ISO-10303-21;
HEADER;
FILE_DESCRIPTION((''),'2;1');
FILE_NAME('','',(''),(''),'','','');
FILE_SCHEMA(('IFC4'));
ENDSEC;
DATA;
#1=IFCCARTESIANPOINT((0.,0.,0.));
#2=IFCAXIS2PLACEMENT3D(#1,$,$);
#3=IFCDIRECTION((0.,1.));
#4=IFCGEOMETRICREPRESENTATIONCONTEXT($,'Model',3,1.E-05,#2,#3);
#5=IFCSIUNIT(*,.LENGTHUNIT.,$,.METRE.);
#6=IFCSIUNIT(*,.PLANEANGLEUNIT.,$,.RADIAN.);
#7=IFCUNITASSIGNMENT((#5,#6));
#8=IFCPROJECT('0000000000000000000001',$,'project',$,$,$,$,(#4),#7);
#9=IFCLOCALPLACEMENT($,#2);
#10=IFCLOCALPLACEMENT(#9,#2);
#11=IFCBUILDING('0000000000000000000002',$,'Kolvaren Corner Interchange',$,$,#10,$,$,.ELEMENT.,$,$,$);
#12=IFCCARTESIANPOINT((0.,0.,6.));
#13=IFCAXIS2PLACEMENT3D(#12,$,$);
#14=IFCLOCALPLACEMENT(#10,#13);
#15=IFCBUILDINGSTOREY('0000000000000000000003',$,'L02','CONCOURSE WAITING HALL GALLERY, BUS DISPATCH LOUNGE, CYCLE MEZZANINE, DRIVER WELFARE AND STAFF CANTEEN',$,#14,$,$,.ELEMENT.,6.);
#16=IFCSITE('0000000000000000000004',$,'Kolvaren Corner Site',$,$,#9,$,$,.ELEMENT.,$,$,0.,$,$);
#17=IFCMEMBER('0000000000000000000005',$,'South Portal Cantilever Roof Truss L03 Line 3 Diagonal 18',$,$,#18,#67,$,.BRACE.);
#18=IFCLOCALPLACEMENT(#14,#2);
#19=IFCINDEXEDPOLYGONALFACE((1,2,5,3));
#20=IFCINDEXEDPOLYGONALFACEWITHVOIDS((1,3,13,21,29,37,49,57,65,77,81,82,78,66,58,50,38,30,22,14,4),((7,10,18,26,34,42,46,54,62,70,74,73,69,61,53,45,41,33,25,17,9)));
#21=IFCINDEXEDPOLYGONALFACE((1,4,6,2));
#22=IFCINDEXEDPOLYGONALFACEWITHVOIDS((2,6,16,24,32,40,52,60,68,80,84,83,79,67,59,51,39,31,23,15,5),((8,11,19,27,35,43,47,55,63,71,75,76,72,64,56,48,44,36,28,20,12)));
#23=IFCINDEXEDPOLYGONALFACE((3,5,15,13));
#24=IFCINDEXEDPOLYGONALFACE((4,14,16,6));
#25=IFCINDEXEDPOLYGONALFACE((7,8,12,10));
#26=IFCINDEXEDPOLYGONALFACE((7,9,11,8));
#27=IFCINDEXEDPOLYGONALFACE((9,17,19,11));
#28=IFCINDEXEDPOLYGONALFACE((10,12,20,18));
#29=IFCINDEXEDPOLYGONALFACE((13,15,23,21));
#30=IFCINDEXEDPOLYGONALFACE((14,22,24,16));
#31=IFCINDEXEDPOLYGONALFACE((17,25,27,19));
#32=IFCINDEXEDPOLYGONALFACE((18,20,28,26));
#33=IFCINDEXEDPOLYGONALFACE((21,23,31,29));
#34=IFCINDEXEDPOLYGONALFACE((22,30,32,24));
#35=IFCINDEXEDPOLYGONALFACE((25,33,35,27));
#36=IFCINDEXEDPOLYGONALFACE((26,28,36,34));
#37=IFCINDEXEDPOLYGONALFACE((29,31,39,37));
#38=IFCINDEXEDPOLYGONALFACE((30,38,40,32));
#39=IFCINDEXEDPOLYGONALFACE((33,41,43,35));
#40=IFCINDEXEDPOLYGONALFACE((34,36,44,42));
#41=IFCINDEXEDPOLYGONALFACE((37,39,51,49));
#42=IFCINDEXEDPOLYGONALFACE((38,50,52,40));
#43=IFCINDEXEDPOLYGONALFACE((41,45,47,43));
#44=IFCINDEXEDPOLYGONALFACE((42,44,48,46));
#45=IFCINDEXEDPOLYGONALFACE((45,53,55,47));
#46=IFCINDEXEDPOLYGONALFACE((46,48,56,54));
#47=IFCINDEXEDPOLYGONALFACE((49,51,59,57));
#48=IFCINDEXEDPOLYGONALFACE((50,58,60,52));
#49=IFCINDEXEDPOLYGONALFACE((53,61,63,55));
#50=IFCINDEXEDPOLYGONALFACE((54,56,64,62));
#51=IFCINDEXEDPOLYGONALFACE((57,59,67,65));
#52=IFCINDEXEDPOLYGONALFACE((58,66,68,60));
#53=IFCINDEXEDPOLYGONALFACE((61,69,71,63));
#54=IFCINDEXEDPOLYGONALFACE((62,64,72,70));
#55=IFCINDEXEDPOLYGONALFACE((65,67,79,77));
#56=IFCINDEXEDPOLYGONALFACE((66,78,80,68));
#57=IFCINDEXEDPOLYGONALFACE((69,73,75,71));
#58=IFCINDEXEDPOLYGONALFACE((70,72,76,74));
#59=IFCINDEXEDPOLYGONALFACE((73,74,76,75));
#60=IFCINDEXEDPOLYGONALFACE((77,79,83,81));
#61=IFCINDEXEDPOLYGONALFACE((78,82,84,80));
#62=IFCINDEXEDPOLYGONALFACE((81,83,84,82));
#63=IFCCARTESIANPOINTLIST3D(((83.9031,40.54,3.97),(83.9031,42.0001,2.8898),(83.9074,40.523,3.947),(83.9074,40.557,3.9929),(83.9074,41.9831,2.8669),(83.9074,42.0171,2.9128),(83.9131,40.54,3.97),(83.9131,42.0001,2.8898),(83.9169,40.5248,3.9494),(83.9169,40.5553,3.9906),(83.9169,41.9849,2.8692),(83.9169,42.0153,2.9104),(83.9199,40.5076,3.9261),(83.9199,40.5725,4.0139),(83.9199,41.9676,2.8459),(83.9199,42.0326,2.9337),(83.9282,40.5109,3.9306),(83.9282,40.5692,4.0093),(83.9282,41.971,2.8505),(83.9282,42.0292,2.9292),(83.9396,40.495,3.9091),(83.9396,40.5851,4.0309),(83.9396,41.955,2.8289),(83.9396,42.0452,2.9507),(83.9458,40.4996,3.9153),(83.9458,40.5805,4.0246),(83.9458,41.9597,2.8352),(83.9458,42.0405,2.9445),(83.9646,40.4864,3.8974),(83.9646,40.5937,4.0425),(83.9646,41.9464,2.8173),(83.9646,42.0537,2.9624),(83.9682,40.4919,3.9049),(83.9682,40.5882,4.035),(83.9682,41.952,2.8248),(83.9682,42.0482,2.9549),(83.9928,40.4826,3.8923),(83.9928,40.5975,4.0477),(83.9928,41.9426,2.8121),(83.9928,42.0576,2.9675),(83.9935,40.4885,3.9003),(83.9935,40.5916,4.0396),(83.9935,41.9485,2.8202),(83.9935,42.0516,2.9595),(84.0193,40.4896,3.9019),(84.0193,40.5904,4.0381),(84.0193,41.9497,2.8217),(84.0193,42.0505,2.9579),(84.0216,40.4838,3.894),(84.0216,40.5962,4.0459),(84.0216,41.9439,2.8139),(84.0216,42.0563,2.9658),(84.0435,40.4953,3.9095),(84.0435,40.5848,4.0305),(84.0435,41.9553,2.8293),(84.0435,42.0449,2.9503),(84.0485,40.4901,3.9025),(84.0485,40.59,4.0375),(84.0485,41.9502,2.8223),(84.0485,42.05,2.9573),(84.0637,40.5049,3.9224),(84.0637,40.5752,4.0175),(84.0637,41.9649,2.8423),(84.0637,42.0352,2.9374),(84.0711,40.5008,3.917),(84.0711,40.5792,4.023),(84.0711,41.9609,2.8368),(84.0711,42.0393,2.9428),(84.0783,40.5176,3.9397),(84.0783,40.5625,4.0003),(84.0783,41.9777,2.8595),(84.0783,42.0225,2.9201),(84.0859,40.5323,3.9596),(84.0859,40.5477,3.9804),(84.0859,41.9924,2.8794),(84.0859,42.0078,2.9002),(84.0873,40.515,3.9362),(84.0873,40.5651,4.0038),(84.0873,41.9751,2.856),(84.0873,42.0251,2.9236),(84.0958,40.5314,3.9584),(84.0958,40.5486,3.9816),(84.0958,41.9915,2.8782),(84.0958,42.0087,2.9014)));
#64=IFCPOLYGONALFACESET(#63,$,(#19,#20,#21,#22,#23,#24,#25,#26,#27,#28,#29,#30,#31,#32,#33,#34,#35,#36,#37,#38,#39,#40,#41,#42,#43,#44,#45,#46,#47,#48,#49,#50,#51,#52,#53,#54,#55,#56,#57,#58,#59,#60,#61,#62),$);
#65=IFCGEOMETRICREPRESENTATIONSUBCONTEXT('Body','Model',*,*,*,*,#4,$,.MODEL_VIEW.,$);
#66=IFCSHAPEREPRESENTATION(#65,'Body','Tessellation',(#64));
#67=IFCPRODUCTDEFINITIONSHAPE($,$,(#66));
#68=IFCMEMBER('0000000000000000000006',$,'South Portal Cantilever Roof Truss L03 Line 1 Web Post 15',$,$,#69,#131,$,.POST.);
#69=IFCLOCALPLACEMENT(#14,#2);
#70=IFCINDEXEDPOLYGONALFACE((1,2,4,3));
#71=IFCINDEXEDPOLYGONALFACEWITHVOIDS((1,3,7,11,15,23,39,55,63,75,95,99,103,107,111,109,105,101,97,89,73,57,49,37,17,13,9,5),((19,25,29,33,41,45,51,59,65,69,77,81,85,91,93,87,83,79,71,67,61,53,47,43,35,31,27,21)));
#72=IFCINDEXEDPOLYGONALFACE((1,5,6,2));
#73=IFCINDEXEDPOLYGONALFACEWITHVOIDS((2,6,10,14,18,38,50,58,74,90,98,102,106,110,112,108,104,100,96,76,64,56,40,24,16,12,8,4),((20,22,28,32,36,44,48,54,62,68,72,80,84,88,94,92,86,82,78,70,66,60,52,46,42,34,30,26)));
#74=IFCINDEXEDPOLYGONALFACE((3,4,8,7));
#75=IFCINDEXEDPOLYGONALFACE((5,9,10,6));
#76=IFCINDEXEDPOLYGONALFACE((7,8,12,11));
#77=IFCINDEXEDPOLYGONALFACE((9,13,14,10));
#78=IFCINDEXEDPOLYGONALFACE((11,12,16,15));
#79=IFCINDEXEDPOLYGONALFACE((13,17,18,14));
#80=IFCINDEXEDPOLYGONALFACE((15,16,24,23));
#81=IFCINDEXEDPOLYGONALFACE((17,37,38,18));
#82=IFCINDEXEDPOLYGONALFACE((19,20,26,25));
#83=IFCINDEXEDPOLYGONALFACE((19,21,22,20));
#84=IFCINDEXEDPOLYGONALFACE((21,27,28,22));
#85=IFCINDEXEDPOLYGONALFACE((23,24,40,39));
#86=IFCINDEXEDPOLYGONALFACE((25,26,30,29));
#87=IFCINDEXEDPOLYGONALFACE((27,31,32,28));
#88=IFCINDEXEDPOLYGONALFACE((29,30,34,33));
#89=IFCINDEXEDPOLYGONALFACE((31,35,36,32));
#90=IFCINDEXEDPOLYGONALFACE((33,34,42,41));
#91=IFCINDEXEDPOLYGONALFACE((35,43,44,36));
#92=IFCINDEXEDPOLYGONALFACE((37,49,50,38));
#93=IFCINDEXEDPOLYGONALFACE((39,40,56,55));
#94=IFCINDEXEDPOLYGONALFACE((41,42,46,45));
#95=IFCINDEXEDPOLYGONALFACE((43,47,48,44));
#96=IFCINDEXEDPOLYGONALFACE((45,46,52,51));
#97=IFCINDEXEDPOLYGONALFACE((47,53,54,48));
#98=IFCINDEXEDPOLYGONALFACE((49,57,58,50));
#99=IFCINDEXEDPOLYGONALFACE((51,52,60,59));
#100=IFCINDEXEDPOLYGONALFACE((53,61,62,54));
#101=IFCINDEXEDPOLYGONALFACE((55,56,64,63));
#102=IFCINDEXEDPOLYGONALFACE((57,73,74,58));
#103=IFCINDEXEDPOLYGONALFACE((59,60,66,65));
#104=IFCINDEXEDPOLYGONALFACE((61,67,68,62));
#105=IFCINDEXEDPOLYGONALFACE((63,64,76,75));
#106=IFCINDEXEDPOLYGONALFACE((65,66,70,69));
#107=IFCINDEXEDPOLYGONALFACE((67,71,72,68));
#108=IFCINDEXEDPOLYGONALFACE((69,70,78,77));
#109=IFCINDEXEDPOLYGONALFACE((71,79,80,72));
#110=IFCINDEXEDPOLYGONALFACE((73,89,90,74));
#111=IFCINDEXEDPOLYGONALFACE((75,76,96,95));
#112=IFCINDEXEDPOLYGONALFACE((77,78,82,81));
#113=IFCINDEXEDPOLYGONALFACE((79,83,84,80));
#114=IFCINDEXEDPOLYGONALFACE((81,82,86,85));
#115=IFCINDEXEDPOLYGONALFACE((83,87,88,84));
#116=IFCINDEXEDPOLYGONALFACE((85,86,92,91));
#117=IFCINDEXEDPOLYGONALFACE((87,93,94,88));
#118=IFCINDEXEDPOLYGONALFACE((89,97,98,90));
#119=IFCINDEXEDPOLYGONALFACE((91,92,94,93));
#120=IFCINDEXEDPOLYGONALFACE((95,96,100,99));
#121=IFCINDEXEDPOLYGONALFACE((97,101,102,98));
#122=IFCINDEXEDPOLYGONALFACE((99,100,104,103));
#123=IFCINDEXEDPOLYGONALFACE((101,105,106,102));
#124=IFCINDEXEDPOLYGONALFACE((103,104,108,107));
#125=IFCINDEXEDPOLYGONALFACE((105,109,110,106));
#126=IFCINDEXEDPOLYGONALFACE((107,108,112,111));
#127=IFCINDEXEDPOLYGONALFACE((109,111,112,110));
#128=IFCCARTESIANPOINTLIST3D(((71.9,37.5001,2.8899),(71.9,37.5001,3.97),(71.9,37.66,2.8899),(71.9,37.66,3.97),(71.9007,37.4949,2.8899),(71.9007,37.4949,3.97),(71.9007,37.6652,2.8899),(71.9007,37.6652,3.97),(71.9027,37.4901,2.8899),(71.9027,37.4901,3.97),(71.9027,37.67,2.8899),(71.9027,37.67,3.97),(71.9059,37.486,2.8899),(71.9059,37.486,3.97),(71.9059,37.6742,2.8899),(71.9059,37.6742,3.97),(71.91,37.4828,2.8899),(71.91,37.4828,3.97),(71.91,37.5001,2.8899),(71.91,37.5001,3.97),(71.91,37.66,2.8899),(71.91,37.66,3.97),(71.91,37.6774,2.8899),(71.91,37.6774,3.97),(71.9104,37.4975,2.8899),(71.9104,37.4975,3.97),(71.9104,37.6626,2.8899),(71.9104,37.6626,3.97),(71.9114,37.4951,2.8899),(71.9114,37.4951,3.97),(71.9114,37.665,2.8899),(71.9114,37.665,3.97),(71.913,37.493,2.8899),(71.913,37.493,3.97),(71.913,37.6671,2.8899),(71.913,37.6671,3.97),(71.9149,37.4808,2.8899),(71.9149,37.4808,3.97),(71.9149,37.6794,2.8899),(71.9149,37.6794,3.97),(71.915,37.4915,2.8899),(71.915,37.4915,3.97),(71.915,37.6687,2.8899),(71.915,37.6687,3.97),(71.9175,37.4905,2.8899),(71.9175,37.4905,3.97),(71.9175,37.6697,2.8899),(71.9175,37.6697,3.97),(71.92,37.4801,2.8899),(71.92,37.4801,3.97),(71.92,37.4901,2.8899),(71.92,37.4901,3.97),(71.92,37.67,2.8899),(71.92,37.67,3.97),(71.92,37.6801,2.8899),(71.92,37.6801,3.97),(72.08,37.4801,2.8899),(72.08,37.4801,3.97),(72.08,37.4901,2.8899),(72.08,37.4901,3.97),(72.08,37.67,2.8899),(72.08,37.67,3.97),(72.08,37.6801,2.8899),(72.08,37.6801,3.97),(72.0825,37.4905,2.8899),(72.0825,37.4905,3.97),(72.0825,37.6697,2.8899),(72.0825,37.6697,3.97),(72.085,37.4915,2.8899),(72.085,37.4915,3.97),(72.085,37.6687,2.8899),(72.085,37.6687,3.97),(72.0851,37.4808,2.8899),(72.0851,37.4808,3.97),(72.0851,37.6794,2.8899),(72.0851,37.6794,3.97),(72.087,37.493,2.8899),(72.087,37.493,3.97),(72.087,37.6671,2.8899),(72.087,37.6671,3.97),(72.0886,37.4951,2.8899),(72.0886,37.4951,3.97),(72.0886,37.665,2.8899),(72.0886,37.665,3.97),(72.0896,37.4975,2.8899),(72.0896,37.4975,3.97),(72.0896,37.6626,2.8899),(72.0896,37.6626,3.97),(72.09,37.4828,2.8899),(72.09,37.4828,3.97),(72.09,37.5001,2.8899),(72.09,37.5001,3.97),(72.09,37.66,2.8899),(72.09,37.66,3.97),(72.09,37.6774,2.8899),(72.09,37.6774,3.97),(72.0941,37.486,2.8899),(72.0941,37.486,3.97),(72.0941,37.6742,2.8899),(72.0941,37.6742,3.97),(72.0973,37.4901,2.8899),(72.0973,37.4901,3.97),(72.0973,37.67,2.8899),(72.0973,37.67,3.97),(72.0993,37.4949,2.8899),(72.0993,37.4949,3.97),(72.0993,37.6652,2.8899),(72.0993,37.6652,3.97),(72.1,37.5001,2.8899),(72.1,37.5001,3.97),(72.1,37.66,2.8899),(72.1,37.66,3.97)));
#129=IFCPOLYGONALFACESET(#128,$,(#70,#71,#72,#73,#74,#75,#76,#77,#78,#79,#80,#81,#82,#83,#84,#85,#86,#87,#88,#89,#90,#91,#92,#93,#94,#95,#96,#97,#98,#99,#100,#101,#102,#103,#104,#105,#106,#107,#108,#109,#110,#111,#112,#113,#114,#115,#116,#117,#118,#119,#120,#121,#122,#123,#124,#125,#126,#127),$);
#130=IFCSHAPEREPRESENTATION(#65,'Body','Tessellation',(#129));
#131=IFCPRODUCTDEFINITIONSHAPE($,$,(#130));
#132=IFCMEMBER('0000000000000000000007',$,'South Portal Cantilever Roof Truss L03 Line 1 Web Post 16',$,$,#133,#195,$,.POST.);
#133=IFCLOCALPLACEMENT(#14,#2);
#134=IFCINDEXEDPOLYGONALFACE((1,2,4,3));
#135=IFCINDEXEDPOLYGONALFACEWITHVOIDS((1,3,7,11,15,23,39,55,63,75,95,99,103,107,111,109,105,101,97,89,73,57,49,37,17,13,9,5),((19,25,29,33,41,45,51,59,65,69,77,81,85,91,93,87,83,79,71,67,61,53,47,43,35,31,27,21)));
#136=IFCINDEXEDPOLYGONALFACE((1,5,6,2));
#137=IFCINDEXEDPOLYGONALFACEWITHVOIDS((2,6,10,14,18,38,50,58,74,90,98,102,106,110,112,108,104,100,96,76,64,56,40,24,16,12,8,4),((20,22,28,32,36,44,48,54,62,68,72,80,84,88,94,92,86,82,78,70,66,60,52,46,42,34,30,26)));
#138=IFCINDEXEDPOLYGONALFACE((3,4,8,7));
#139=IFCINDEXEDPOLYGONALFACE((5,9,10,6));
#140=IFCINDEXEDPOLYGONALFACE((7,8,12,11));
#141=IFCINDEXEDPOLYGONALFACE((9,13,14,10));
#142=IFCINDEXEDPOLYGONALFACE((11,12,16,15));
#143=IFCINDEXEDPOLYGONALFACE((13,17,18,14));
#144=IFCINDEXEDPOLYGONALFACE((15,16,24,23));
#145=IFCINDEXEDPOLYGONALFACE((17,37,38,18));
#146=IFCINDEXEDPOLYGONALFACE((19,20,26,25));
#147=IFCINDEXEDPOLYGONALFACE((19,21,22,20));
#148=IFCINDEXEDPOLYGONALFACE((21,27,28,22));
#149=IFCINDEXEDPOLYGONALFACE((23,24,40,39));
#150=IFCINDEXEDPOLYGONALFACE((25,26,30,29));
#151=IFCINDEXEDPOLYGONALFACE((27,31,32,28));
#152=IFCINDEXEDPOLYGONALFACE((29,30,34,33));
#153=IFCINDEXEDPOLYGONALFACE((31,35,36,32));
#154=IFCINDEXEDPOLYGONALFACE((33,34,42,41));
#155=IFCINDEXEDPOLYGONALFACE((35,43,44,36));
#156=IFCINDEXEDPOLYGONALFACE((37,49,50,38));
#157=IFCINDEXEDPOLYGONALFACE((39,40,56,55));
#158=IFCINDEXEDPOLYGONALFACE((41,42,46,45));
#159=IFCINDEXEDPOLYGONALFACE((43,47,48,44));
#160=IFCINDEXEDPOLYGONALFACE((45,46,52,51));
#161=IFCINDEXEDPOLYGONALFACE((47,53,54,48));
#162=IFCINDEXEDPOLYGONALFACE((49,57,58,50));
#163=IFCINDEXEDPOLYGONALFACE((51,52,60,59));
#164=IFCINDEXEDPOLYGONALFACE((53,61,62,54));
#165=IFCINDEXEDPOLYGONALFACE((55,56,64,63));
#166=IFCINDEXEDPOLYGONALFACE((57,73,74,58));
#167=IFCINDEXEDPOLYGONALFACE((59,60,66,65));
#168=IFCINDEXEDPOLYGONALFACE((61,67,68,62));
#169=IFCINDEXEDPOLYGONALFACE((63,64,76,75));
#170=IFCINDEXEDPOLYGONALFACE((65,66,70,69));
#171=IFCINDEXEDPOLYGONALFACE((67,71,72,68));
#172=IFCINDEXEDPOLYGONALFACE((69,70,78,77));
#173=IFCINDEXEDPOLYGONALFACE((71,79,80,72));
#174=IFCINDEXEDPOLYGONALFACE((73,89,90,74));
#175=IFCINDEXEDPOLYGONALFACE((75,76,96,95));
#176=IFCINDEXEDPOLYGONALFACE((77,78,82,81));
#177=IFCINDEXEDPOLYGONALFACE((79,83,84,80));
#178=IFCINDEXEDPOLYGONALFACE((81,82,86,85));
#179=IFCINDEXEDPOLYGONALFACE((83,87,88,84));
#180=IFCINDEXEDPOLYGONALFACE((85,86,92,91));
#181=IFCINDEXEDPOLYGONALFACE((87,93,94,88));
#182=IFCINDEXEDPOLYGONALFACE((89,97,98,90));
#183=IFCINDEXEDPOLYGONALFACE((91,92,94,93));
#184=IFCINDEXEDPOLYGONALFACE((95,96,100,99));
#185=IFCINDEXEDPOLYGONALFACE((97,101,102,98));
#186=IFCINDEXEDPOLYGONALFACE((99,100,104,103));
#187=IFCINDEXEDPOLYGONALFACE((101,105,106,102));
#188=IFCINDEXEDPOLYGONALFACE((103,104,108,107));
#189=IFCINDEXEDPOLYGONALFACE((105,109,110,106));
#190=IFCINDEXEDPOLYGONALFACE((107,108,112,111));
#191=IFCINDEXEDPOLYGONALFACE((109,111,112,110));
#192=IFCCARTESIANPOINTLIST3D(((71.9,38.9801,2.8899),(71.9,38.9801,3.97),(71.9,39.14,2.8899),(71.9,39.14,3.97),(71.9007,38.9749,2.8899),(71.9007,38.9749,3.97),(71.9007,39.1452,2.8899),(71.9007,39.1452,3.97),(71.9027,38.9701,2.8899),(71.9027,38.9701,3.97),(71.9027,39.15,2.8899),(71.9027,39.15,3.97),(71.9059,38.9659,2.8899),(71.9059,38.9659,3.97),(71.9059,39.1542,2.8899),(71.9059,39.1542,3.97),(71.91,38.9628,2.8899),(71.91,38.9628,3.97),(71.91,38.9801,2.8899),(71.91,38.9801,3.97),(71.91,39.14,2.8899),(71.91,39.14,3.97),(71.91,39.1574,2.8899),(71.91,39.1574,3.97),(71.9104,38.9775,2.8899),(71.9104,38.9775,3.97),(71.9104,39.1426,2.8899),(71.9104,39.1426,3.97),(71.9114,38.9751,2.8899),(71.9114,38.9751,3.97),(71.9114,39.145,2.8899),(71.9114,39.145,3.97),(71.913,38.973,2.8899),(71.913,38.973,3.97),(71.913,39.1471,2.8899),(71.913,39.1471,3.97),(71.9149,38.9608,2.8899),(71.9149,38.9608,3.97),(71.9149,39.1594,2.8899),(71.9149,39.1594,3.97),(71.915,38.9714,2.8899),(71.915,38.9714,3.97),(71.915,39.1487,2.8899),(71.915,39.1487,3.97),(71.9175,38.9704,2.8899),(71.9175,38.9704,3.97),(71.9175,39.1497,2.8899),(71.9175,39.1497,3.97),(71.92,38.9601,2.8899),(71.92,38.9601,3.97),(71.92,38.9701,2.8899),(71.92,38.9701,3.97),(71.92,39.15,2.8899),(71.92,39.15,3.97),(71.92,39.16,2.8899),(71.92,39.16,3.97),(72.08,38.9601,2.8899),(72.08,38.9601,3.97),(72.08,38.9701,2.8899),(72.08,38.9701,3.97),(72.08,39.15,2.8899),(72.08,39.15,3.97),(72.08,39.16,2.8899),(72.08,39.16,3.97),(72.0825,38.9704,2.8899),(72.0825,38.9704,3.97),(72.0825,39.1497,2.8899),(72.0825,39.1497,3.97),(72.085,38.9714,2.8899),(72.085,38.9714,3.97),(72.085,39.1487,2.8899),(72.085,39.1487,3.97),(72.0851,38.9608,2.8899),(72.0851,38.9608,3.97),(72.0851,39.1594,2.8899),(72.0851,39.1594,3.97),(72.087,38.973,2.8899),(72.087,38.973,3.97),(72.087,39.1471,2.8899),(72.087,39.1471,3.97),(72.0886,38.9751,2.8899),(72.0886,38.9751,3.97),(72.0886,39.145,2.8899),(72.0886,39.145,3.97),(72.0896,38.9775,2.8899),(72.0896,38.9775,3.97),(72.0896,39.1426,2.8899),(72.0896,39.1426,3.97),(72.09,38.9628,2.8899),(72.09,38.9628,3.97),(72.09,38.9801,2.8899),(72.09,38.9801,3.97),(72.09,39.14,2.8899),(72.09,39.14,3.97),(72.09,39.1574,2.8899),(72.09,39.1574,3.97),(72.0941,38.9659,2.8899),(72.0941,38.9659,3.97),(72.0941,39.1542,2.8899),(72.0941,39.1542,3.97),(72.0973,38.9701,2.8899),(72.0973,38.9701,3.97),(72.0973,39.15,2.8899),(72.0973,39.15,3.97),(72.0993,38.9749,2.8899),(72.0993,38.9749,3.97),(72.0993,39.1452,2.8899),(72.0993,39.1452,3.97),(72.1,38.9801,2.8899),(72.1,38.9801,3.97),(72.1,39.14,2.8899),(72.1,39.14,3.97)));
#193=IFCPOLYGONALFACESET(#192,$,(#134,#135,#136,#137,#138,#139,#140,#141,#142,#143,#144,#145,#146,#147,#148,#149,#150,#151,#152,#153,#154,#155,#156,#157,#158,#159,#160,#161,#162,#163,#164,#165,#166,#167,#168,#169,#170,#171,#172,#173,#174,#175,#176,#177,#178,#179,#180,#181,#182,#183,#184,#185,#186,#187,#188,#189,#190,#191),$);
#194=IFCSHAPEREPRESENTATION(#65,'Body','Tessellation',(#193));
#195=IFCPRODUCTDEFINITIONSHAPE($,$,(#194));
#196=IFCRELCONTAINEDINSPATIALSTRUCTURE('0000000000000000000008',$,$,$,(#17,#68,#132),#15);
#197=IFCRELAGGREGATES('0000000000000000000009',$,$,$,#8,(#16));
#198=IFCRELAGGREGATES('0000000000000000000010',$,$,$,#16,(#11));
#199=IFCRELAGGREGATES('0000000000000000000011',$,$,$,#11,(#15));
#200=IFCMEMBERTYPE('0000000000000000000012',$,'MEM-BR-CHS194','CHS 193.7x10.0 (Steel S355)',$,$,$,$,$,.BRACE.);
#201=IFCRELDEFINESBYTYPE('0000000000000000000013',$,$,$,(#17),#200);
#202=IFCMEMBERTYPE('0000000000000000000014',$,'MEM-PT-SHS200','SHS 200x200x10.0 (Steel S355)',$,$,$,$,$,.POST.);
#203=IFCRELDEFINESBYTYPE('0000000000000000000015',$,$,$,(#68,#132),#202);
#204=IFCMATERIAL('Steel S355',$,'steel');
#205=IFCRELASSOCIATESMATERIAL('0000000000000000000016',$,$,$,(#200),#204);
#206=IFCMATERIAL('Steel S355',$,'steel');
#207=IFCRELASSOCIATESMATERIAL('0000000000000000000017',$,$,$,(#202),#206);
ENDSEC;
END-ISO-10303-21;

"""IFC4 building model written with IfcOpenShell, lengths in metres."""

from ifc_helpers import new_model, si_unit, direction, frame, origin, origin_2d, place, context, subcontext, project, spatial, hollow_rectangle, hollow_circle, extrude, material, material_profile, profile_set, type_object, element, save


model = new_model("IFC4")

# Units and contexts
model_context = context("Model", 3, precision=1e-05, world=origin(), true_north=direction((0.0, 1.0)))
body_context = subcontext(model_context, "Body", "Model", "MODEL_VIEW")
ifc_project = project(units=[si_unit("LENGTHUNIT", "METRE"), si_unit("PLANEANGLEUNIT", "RADIAN")], contexts=[model_context])

# Site, building, storey
site_placement = place(None, origin())
site = spatial("IfcSite", under=ifc_project, at=site_placement, Name="Kolvaren Corner Site", CompositionType="ELEMENT", RefElevation=0.0)
building_placement = place(site_placement, origin())
building = spatial("IfcBuilding", under=site, at=building_placement, Name="Kolvaren Corner Interchange", CompositionType="ELEMENT")
storey_placement = place(building_placement, frame((0.0, 0.0, 6.0)))
storey = spatial("IfcBuildingStorey", under=building, at=storey_placement, Name="L02", Description="CONCOURSE WAITING HALL GALLERY, BUS DISPATCH LOUNGE, CYCLE MEZZANINE, DRIVER WELFARE AND STAFF CANTEEN", CompositionType="ELEMENT", Elevation=6.0)

# Members
ifc_material_1 = material(Name="Steel S355", Category="steel")
ifc_material_profile_1 = material_profile(ifc_material_1, hollow_circle(Radius=0.0969, WallThickness=0.01, at=origin_2d()), Name="CHS 193.7x10.0")
ifc_profile_set_1 = profile_set([ifc_material_profile_1], Name="Steel S355")
member_type_1 = type_object("IfcMemberType", Name="MEM-BR-CHS194", Description="CHS 193.7x10.0 (Steel S355)", PredefinedType="BRACE", material=ifc_profile_set_1)
member_1_placement = place(storey_placement, frame((84.0, 40.54, 3.97), z_axis=(0.0, 0.803919, -0.594739), x_axis=(-1.0, 0.0, 0.0)))
element("IfcMember", 1, at=member_1_placement, inside=storey, type_object=member_type_1, Name="South Portal Cantilever Roof Truss L03 Line 3 Diagonal 18", PredefinedType="BRACE", context=body_context, shape_type="SweptSolid", body=[
    extrude(hollow_circle(Radius=0.0969, WallThickness=0.01, at=origin_2d()), origin(), (0.0, 0.0, 1.0), 1.8162),
])
ifc_material_2 = material(Name="Steel S355", Category="steel")
ifc_material_profile_2 = material_profile(ifc_material_2, hollow_rectangle(XDim=0.2, YDim=0.2, WallThickness=0.01, InnerFilletRadius=0.01, OuterFilletRadius=0.02, at=origin_2d()), Name="SHS 200x200x10.0")
ifc_profile_set_2 = profile_set([ifc_material_profile_2], Name="Steel S355")
member_type_2 = type_object("IfcMemberType", Name="MEM-PT-SHS200", Description="SHS 200x200x10.0 (Steel S355)", PredefinedType="POST", material=ifc_profile_set_2)
for number, where, z_axis, x_axis, name in (
    (2, (72.0, 37.5801, 2.8899), (0.0, 0.0, 1.0), (1.0, 0.0, 0.0), "South Portal Cantilever Roof Truss L03 Line 1 Web Post 15"),
    (3, (72.0, 39.0601, 2.8899), (0.0, 0.0, 1.0), (1.0, 0.0, 0.0), "South Portal Cantilever Roof Truss L03 Line 1 Web Post 16"),
):
    element("IfcMember", number, at=place(storey_placement, frame(where, z_axis=z_axis, x_axis=x_axis)), inside=storey, type_object=member_type_2, Name=name, PredefinedType="POST", context=body_context, shape_type="SweptSolid", body=[
        extrude(hollow_rectangle(XDim=0.2, YDim=0.2, WallThickness=0.01, InnerFilletRadius=0.01, OuterFilletRadius=0.02, at=origin_2d()), origin(), (0.0, 0.0, 1.0), 1.0801),
    ])

save(model, "model.ifc")
